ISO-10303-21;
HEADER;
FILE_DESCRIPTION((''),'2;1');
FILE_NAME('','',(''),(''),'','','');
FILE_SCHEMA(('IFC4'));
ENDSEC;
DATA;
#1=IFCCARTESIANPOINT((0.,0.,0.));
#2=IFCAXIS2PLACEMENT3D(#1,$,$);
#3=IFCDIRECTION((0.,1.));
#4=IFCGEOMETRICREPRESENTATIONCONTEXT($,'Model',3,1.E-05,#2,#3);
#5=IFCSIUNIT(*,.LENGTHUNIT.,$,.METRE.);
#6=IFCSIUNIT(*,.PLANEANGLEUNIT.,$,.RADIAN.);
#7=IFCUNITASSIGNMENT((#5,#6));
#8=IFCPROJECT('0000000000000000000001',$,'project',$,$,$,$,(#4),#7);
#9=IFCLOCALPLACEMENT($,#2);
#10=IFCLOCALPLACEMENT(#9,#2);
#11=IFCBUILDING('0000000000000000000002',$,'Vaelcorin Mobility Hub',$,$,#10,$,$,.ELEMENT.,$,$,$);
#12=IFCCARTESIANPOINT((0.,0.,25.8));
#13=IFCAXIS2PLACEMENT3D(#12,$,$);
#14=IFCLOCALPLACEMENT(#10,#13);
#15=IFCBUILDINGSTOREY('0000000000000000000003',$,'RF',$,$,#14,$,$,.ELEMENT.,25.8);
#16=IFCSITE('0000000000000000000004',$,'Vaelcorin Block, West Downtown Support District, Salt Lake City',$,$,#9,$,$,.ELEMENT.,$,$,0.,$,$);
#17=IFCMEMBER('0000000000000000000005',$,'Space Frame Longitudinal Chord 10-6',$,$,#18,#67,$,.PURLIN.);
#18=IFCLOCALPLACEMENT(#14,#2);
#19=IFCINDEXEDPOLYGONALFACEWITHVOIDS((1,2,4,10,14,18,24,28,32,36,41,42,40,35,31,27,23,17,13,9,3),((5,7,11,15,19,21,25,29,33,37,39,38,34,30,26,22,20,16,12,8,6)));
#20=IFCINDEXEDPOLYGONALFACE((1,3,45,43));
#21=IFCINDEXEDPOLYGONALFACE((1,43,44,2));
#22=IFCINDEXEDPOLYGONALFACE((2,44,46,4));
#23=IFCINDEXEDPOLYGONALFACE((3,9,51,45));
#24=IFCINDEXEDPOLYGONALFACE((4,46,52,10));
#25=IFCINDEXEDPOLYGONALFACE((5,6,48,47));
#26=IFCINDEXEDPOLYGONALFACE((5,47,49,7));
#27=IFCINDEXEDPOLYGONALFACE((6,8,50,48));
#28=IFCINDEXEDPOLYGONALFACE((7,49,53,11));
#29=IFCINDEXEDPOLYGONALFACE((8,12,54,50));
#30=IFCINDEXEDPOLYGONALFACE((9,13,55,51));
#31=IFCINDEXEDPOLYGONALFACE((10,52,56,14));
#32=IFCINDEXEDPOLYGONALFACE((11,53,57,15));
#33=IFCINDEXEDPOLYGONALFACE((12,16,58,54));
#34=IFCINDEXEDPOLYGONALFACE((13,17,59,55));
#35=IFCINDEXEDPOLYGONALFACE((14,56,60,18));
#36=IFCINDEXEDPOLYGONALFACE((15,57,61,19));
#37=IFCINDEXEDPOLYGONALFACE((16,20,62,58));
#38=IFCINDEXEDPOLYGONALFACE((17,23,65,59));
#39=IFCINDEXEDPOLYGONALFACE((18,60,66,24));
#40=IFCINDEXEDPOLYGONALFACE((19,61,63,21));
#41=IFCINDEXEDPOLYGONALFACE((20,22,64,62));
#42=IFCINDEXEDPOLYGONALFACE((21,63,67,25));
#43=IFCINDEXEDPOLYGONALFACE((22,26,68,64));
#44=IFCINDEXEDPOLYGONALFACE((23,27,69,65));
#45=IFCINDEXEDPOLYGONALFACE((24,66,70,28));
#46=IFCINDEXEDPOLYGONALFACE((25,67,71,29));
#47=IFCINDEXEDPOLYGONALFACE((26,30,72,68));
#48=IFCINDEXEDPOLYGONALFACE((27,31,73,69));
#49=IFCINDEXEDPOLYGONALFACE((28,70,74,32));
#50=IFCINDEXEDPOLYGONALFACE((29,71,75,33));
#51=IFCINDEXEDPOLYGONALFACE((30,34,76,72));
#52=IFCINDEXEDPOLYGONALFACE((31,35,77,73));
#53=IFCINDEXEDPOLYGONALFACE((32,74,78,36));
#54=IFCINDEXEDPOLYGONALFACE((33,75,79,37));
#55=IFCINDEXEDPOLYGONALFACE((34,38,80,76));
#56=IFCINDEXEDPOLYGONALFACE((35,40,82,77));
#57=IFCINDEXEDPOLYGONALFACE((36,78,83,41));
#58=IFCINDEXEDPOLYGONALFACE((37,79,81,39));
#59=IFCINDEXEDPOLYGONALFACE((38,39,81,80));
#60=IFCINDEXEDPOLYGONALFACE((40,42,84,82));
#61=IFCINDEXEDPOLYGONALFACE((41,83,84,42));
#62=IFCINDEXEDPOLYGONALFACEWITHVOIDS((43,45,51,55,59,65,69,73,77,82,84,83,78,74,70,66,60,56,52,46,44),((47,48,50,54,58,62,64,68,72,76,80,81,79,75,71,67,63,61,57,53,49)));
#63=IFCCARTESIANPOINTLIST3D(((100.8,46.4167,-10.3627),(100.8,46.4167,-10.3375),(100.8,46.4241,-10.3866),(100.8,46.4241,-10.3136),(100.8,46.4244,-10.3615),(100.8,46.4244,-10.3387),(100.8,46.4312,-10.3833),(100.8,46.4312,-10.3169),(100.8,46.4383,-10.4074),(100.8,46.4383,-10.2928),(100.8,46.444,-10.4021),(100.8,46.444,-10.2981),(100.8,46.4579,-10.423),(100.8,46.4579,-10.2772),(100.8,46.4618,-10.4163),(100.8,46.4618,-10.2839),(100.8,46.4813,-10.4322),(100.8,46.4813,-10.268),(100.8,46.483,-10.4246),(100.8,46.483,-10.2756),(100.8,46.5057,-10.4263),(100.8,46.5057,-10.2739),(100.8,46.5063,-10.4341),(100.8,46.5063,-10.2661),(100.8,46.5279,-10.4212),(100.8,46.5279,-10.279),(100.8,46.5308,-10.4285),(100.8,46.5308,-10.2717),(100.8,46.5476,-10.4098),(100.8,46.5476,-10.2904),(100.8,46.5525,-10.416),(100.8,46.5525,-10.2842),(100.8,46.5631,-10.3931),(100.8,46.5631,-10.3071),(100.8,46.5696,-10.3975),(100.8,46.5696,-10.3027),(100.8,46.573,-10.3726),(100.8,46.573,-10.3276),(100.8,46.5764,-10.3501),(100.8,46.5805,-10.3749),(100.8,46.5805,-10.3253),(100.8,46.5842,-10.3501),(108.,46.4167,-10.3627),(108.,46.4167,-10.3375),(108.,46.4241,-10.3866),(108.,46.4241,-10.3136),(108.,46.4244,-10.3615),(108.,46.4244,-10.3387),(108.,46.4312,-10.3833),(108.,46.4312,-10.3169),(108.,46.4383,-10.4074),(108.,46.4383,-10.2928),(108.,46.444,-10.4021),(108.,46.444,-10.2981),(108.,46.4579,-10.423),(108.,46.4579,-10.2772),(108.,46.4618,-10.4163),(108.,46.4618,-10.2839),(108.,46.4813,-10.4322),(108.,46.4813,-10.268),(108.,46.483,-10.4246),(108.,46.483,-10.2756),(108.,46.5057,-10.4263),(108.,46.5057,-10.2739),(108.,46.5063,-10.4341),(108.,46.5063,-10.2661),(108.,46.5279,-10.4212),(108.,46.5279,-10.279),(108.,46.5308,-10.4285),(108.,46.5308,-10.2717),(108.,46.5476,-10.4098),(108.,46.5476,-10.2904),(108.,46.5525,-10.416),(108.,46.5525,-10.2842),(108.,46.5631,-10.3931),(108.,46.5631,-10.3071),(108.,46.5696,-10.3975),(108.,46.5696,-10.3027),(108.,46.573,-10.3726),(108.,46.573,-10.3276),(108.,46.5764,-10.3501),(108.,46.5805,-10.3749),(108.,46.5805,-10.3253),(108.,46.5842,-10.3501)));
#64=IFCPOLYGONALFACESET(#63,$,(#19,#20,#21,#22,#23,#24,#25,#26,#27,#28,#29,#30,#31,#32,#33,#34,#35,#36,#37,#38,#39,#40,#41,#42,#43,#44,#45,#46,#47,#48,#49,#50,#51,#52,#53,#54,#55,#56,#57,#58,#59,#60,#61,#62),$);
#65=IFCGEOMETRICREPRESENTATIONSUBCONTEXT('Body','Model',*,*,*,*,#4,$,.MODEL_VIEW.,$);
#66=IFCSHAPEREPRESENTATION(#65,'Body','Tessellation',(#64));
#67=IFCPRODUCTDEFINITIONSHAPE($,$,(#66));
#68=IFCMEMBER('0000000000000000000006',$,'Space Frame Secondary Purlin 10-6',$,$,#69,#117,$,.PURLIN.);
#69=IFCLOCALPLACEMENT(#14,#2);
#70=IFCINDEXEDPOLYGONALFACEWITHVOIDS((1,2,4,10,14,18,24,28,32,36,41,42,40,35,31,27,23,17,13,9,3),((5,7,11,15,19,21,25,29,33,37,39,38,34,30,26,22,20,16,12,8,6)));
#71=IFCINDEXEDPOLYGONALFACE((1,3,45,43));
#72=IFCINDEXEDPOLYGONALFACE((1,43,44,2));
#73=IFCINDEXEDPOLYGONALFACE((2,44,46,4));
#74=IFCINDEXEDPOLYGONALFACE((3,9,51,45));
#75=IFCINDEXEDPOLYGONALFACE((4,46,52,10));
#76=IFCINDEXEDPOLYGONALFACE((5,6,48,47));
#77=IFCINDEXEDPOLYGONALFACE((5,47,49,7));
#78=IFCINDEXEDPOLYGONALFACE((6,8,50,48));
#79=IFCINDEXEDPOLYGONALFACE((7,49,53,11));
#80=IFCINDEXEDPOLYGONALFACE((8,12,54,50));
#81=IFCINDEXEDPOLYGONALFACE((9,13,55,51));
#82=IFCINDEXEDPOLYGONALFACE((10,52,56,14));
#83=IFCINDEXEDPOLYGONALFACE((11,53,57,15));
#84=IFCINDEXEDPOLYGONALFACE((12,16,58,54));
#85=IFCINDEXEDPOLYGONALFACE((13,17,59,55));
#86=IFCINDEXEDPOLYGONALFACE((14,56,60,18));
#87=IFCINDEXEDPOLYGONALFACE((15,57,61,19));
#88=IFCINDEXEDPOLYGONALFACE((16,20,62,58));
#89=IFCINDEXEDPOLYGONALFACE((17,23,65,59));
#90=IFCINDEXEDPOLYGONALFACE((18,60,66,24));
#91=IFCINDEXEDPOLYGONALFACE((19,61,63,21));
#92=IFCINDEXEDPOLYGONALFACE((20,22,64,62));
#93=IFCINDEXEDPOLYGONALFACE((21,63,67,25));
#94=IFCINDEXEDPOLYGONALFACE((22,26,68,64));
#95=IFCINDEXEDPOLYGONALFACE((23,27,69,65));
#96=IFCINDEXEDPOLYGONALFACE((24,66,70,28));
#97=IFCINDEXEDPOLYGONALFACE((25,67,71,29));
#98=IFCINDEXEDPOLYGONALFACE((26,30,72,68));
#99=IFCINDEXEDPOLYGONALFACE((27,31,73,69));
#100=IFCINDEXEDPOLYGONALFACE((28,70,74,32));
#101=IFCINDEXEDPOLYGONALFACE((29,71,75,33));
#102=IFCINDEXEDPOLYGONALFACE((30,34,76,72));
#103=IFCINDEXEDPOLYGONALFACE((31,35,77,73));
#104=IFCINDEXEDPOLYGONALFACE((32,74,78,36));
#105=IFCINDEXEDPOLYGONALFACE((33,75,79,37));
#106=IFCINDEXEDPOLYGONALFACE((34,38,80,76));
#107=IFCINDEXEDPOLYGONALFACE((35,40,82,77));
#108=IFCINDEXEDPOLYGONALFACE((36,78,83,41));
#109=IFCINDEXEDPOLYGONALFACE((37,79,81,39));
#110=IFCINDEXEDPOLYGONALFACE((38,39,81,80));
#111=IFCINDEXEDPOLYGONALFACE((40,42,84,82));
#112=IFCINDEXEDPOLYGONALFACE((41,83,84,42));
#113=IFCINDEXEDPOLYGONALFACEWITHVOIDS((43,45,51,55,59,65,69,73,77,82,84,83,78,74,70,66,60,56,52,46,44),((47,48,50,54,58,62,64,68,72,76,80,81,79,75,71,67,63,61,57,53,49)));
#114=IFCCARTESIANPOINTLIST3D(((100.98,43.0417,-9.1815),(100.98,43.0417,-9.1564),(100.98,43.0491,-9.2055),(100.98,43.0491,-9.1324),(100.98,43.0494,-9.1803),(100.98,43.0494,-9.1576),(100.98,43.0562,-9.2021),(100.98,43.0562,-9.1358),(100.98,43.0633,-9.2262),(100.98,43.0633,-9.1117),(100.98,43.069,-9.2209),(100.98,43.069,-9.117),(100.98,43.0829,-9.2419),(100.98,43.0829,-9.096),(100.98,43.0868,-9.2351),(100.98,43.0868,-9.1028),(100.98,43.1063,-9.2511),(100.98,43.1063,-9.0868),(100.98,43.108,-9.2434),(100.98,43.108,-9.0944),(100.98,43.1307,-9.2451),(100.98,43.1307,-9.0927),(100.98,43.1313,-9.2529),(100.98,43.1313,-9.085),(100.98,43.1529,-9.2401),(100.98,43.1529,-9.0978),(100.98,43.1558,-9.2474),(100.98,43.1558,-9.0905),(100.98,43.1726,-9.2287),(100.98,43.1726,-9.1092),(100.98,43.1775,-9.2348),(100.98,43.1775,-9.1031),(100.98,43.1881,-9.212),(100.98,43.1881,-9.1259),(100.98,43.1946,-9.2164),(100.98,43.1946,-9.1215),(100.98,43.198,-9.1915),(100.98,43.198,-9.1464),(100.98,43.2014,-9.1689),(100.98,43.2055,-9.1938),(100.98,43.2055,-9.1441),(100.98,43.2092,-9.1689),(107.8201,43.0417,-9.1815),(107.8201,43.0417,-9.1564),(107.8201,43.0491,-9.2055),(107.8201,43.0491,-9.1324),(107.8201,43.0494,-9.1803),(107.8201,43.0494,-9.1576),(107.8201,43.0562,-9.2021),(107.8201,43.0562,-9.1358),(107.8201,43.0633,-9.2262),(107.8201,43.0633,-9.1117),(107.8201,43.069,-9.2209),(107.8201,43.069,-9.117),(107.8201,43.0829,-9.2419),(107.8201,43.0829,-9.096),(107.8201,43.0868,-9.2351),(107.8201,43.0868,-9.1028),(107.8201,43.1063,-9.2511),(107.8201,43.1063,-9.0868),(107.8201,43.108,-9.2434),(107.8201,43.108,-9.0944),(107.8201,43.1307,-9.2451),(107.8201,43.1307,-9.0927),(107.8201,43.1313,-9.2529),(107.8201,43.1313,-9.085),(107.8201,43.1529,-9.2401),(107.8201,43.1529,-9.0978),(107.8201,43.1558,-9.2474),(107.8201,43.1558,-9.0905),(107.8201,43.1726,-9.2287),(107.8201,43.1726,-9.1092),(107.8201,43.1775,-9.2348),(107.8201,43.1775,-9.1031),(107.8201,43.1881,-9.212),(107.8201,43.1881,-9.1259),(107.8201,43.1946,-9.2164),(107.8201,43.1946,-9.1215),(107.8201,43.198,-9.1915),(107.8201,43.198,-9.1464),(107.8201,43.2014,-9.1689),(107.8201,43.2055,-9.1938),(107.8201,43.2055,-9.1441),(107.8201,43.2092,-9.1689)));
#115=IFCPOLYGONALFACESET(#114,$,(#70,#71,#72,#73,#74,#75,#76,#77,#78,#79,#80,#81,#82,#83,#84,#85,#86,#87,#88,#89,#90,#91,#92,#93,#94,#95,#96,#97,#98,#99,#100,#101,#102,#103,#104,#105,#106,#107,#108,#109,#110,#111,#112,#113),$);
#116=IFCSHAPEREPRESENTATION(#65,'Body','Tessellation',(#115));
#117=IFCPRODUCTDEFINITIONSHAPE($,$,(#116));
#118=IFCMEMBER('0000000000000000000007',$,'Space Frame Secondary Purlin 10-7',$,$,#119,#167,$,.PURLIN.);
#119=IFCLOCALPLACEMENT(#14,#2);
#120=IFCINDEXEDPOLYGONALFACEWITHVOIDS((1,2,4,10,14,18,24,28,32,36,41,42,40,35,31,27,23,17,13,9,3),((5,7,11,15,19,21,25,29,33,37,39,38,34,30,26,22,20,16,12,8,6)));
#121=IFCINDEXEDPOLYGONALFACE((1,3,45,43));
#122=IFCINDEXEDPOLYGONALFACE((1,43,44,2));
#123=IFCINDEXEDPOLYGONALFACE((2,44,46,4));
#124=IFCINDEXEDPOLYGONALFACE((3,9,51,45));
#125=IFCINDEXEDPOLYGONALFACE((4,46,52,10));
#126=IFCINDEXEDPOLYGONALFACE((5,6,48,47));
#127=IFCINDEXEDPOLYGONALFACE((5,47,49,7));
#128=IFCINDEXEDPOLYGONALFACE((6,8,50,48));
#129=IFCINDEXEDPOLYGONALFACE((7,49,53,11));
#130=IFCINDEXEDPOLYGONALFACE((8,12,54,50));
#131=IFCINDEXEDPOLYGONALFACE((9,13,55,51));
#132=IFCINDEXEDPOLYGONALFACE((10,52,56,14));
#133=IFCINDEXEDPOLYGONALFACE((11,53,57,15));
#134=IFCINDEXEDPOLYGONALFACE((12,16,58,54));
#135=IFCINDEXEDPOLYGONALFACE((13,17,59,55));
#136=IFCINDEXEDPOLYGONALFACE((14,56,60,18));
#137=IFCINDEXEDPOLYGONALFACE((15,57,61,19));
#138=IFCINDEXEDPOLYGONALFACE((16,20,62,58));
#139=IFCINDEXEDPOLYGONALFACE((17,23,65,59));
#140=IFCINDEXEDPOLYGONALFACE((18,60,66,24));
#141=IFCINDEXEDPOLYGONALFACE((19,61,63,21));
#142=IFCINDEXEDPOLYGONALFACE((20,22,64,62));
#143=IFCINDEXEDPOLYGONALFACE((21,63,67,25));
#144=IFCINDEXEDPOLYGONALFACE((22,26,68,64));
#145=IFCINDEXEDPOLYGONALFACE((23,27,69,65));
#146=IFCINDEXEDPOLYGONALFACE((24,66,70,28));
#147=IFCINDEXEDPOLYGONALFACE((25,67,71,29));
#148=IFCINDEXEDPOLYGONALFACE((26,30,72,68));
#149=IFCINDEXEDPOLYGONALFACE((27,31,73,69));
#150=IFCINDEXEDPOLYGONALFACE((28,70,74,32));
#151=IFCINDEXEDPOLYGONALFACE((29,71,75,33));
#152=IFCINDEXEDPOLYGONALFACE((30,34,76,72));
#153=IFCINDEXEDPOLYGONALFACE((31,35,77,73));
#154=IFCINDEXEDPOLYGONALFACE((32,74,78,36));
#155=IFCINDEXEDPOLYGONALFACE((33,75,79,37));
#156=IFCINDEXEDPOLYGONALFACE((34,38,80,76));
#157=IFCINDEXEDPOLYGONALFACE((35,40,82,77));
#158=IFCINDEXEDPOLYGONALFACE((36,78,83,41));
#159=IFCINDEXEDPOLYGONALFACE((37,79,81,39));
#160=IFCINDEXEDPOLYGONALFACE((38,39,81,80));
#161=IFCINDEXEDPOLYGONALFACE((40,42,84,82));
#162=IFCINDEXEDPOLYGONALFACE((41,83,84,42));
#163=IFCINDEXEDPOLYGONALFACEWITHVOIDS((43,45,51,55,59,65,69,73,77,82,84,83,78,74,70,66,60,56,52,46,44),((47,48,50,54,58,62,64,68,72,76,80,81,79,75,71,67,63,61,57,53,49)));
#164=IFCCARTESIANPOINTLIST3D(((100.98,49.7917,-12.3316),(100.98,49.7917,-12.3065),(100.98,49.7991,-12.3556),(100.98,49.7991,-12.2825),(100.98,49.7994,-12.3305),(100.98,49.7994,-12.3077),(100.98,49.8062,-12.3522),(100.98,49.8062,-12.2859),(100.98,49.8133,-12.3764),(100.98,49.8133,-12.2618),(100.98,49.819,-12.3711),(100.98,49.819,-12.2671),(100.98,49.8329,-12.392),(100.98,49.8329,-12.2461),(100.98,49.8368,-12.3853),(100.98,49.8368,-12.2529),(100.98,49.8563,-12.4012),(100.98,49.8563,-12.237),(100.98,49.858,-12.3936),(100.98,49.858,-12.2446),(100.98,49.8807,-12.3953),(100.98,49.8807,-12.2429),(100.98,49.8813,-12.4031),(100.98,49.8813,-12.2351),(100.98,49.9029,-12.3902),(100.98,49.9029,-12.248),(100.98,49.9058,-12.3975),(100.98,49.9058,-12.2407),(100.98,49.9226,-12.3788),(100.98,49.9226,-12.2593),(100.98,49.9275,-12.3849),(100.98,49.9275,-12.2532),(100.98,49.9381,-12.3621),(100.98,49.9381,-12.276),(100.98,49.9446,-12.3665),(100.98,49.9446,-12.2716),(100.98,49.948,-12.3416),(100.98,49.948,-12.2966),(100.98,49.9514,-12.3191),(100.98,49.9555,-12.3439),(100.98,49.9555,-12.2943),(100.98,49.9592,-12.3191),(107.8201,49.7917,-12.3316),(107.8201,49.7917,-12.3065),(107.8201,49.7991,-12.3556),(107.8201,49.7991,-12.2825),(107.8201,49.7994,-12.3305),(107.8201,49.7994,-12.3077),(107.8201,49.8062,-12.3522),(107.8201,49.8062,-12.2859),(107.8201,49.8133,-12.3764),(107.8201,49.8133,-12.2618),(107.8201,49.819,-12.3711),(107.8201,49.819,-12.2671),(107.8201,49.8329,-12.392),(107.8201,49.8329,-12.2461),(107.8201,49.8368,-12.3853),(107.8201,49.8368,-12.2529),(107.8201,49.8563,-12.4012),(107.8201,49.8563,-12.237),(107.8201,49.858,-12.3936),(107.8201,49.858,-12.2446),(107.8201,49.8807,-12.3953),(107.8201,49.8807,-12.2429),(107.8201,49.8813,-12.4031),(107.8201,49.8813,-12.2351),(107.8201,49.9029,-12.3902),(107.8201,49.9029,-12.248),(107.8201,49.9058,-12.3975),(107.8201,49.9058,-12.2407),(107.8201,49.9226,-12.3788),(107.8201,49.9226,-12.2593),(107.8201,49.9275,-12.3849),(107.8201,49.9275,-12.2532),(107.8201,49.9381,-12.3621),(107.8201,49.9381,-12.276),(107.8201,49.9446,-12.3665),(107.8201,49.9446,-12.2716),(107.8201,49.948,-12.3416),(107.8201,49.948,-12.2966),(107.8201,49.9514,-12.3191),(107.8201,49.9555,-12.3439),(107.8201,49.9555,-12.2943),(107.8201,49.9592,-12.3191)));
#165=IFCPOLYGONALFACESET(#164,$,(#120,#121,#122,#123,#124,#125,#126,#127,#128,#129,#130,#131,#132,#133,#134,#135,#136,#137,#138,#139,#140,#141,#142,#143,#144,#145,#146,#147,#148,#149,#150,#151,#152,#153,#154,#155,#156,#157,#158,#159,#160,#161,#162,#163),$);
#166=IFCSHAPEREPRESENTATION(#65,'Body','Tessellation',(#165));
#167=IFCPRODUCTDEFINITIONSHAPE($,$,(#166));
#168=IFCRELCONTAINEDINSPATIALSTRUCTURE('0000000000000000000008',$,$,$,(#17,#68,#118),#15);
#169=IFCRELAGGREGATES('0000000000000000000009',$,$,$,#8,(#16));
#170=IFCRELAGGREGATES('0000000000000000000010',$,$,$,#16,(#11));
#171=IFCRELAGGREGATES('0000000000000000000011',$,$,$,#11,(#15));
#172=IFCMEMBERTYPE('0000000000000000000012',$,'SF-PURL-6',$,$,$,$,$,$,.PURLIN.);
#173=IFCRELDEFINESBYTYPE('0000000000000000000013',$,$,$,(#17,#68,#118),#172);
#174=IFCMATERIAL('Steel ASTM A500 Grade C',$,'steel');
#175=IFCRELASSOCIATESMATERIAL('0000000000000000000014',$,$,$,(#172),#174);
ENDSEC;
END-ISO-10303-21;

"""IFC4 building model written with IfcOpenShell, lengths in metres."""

from ifc_helpers import new_model, si_unit, direction, frame, origin, origin_2d, place, context, subcontext, project, spatial, hollow_circle, extrude, material, material_profile, profile_set, type_object, element, save


model = new_model("IFC4")

# Units and contexts
model_context = context("Model", 3, precision=1e-05, world=origin(), true_north=direction((0.0, 1.0)))
body_context = subcontext(model_context, "Body", "Model", "MODEL_VIEW")
ifc_project = project(units=[si_unit("LENGTHUNIT", "METRE"), si_unit("PLANEANGLEUNIT", "RADIAN")], contexts=[model_context])

# Site, building, storey
site_placement = place(None, origin())
site = spatial("IfcSite", under=ifc_project, at=site_placement, Name="Vaelcorin Block, West Downtown Support District, Salt Lake City", CompositionType="ELEMENT", RefElevation=0.0)
building_placement = place(site_placement, origin())
building = spatial("IfcBuilding", under=site, at=building_placement, Name="Vaelcorin Mobility Hub", CompositionType="ELEMENT")
storey_placement = place(building_placement, frame((0.0, 0.0, 25.8)))
storey = spatial("IfcBuildingStorey", under=building, at=storey_placement, Name="RF", CompositionType="ELEMENT", Elevation=25.8)

# Members
ifc_material_1 = material(Name="Steel ASTM A500 Grade C", Category="steel")
ifc_material_profile_1 = material_profile(ifc_material_1, hollow_circle(Radius=0.0842, WallThickness=0.0078, at=origin_2d()), Name="HSS6.625X0.312")
ifc_profile_set_1 = profile_set([ifc_material_profile_1], Name="Steel ASTM A500 Grade C")
member_type_1 = type_object("IfcMemberType", Name="SF-PURL-6", PredefinedType="PURLIN", material=ifc_profile_set_1)
member_1_placement = place(storey_placement, frame((100.8, 46.5, -10.3501), z_axis=(1.0, 0.0, 0.0), x_axis=(0.0, 1.0, 0.0)))
element("IfcMember", 1, at=member_1_placement, inside=storey, type_object=member_type_1, Name="Space Frame Longitudinal Chord 10-6", PredefinedType="PURLIN", context=body_context, shape_type="SweptSolid", body=[
    extrude(hollow_circle(Radius=0.0842, WallThickness=0.0078, at=origin_2d()), origin(), (0.0, 0.0, 1.0), 7.2),
])
for number, where, z_axis, x_axis, name in (
    (2, (100.98, 43.125, -9.1689), (1.0, 0.0, 0.0), (0.0, 1.0, 0.0), "Space Frame Secondary Purlin 10-6"),
    (3, (100.98, 49.875, -12.3191), (1.0, 0.0, 0.0), (0.0, 1.0, 0.0), "Space Frame Secondary Purlin 10-7"),
):
    element("IfcMember", number, at=place(storey_placement, frame(where, z_axis=z_axis, x_axis=x_axis)), inside=storey, type_object=member_type_1, Name=name, PredefinedType="PURLIN", context=body_context, shape_type="SweptSolid", body=[
        extrude(hollow_circle(Radius=0.0842, WallThickness=0.0078, at=origin_2d()), origin(), (0.0, 0.0, 1.0), 6.8401),
    ])

save(model, "model.ifc")
